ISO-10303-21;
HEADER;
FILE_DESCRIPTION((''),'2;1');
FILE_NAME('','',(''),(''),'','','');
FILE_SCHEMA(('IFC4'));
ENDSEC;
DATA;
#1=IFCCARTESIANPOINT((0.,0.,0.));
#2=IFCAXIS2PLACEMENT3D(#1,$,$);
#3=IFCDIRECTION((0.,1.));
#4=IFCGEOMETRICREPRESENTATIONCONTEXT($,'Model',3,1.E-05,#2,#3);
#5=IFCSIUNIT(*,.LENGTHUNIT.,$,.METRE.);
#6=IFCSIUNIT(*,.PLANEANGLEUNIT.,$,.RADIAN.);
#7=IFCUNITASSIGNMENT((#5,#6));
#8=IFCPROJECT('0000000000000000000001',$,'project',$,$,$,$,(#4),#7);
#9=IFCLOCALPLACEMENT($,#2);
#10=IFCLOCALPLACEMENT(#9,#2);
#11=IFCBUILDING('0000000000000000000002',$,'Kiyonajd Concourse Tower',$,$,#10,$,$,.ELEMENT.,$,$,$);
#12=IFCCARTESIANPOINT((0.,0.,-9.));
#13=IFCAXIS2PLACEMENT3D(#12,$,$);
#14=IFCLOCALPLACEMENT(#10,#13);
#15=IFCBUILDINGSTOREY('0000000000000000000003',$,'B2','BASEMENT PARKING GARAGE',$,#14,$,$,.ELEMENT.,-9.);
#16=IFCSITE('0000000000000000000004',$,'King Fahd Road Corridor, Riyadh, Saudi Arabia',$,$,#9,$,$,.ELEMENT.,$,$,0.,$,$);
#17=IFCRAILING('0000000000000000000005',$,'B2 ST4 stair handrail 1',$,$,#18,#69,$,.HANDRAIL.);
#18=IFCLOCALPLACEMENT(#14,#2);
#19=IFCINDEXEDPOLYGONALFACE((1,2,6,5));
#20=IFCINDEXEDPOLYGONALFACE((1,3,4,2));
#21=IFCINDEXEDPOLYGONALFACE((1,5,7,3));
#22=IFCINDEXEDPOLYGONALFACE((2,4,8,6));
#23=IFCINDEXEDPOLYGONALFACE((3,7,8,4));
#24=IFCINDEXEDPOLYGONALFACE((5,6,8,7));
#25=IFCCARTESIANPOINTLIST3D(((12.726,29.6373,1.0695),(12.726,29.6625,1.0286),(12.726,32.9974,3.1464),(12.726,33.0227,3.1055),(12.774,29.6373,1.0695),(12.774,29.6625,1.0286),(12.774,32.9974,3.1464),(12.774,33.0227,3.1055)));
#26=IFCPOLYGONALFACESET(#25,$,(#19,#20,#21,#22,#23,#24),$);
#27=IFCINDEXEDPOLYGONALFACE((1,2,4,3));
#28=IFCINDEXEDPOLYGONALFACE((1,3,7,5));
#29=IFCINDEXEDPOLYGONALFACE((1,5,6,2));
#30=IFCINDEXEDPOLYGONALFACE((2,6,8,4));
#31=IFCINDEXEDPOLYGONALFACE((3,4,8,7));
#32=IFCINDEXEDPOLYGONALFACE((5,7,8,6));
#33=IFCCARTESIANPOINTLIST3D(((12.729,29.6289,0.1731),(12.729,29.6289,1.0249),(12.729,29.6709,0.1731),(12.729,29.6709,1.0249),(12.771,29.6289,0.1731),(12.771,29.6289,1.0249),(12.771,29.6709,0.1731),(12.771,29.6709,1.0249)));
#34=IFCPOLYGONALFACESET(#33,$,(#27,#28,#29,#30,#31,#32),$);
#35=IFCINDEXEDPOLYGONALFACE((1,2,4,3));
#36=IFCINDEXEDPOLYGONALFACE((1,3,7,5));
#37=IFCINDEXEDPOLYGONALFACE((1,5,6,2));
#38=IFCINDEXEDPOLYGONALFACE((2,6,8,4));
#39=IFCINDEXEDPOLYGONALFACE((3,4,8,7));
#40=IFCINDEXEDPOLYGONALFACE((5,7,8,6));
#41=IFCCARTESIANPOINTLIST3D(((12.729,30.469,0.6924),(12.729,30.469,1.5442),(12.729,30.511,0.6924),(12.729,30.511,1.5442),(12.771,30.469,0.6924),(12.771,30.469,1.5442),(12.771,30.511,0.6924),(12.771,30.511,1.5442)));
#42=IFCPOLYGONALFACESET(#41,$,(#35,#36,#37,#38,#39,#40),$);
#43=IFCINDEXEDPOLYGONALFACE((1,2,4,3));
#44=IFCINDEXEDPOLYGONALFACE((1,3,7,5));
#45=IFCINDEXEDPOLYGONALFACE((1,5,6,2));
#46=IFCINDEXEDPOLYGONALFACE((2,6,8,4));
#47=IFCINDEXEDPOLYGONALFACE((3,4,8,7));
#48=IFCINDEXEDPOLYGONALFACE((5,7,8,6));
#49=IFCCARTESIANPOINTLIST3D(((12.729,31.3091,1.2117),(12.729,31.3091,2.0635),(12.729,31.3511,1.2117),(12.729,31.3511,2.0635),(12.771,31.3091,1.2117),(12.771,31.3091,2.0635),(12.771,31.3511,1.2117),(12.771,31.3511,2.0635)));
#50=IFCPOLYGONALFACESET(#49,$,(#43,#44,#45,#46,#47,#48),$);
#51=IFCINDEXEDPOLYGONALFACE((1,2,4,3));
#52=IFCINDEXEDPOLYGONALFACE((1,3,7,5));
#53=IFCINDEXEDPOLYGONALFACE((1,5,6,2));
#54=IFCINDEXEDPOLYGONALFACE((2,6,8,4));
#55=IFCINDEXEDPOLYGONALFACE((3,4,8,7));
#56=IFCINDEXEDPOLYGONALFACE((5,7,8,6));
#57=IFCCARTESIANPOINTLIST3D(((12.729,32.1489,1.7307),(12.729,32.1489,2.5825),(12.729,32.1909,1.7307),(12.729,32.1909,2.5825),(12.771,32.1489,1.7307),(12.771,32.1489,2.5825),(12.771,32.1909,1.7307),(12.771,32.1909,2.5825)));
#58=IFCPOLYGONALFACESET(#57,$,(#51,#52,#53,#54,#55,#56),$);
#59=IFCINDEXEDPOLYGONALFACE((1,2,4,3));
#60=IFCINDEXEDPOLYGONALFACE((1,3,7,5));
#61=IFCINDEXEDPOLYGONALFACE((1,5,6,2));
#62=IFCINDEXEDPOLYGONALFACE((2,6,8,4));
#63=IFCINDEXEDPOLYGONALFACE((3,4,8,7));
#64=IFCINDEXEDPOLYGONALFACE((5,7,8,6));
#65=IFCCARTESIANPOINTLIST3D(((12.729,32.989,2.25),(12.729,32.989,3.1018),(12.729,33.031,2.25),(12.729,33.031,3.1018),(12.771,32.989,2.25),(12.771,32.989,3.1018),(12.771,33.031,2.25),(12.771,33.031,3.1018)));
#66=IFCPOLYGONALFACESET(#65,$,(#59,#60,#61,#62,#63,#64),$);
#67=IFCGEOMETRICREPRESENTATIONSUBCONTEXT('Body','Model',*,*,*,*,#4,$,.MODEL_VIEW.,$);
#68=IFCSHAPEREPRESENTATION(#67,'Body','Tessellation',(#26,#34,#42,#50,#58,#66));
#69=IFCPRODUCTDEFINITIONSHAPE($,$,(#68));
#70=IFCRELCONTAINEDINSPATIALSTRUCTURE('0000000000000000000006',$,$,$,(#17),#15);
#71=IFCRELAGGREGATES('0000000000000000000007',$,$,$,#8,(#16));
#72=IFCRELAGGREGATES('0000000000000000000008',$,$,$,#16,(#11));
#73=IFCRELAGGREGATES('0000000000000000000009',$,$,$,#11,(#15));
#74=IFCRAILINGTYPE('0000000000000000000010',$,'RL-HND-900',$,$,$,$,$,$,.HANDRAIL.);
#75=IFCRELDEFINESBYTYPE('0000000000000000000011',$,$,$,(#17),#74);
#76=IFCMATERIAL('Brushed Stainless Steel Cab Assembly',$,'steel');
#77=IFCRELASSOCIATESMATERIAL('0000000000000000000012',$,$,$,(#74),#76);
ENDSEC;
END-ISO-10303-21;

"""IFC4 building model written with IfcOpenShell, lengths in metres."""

from ifc_helpers import new_model, si_unit, direction, frame, origin, origin_2d, place, context, subcontext, project, spatial, rectangle, extrude, material, type_object, element, save


model = new_model("IFC4")

# Units and contexts
model_context = context("Model", 3, precision=1e-05, world=origin(), true_north=direction((0.0, 1.0)))
body_context = subcontext(model_context, "Body", "Model", "MODEL_VIEW")
ifc_project = project(units=[si_unit("LENGTHUNIT", "METRE"), si_unit("PLANEANGLEUNIT", "RADIAN")], contexts=[model_context])

# Site, building, storey
site_placement = place(None, origin())
site = spatial("IfcSite", under=ifc_project, at=site_placement, Name="King Fahd Road Corridor, Riyadh, Saudi Arabia", CompositionType="ELEMENT", RefElevation=0.0)
building_placement = place(site_placement, origin())
building = spatial("IfcBuilding", under=site, at=building_placement, Name="Kiyonajd Concourse Tower", CompositionType="ELEMENT")
storey_placement = place(building_placement, frame((0.0, 0.0, -9.0)))
storey = spatial("IfcBuildingStorey", under=building, at=storey_placement, Name="B2", Description="BASEMENT PARKING GARAGE", CompositionType="ELEMENT", Elevation=-9.0)

# Shared definitions
ifc_material_1 = material(Name="Brushed Stainless Steel Cab Assembly", Category="steel")

# Railing
railing_type_1 = type_object("IfcRailingType", Name="RL-HND-900", PredefinedType="HANDRAIL", material=ifc_material_1)
railing_1_placement = place(storey_placement, frame((12.75, 29.6499, 0.1731)))
element("IfcRailing", 1, at=railing_1_placement, inside=storey, type_object=railing_type_1, Name="B2 ST4 stair handrail 1", PredefinedType="HANDRAIL", context=body_context, shape_type="SweptSolid", body=[
    extrude(rectangle(XDim=0.0481, YDim=0.0481, at=origin_2d()), frame((0.0, 0.0, 0.876), z_axis=(0.0, 0.850623, 0.525776), x_axis=(-1.0, 0.0, 0.0)), (0.0, 0.0, 1.0), 3.9502),
    extrude(rectangle(XDim=0.042, YDim=0.042, at=origin_2d()), origin(), (0.0, 0.0, 1.0), 0.8518),
    extrude(rectangle(XDim=0.042, YDim=0.042, at=origin_2d()), frame((0.0, 0.8401, 0.5193)), (0.0, 0.0, 1.0), 0.8518),
    extrude(rectangle(XDim=0.042, YDim=0.042, at=origin_2d()), frame((0.0, 1.6802, 1.0386)), (0.0, 0.0, 1.0), 0.8518),
    extrude(rectangle(XDim=0.042, YDim=0.042, at=origin_2d()), frame((0.0, 2.52, 1.5576)), (0.0, 0.0, 1.0), 0.8518),
    extrude(rectangle(XDim=0.042, YDim=0.042, at=origin_2d()), frame((0.0, 3.3601, 2.0769)), (0.0, 0.0, 1.0), 0.8518),
])

save(model, "model.ifc")
